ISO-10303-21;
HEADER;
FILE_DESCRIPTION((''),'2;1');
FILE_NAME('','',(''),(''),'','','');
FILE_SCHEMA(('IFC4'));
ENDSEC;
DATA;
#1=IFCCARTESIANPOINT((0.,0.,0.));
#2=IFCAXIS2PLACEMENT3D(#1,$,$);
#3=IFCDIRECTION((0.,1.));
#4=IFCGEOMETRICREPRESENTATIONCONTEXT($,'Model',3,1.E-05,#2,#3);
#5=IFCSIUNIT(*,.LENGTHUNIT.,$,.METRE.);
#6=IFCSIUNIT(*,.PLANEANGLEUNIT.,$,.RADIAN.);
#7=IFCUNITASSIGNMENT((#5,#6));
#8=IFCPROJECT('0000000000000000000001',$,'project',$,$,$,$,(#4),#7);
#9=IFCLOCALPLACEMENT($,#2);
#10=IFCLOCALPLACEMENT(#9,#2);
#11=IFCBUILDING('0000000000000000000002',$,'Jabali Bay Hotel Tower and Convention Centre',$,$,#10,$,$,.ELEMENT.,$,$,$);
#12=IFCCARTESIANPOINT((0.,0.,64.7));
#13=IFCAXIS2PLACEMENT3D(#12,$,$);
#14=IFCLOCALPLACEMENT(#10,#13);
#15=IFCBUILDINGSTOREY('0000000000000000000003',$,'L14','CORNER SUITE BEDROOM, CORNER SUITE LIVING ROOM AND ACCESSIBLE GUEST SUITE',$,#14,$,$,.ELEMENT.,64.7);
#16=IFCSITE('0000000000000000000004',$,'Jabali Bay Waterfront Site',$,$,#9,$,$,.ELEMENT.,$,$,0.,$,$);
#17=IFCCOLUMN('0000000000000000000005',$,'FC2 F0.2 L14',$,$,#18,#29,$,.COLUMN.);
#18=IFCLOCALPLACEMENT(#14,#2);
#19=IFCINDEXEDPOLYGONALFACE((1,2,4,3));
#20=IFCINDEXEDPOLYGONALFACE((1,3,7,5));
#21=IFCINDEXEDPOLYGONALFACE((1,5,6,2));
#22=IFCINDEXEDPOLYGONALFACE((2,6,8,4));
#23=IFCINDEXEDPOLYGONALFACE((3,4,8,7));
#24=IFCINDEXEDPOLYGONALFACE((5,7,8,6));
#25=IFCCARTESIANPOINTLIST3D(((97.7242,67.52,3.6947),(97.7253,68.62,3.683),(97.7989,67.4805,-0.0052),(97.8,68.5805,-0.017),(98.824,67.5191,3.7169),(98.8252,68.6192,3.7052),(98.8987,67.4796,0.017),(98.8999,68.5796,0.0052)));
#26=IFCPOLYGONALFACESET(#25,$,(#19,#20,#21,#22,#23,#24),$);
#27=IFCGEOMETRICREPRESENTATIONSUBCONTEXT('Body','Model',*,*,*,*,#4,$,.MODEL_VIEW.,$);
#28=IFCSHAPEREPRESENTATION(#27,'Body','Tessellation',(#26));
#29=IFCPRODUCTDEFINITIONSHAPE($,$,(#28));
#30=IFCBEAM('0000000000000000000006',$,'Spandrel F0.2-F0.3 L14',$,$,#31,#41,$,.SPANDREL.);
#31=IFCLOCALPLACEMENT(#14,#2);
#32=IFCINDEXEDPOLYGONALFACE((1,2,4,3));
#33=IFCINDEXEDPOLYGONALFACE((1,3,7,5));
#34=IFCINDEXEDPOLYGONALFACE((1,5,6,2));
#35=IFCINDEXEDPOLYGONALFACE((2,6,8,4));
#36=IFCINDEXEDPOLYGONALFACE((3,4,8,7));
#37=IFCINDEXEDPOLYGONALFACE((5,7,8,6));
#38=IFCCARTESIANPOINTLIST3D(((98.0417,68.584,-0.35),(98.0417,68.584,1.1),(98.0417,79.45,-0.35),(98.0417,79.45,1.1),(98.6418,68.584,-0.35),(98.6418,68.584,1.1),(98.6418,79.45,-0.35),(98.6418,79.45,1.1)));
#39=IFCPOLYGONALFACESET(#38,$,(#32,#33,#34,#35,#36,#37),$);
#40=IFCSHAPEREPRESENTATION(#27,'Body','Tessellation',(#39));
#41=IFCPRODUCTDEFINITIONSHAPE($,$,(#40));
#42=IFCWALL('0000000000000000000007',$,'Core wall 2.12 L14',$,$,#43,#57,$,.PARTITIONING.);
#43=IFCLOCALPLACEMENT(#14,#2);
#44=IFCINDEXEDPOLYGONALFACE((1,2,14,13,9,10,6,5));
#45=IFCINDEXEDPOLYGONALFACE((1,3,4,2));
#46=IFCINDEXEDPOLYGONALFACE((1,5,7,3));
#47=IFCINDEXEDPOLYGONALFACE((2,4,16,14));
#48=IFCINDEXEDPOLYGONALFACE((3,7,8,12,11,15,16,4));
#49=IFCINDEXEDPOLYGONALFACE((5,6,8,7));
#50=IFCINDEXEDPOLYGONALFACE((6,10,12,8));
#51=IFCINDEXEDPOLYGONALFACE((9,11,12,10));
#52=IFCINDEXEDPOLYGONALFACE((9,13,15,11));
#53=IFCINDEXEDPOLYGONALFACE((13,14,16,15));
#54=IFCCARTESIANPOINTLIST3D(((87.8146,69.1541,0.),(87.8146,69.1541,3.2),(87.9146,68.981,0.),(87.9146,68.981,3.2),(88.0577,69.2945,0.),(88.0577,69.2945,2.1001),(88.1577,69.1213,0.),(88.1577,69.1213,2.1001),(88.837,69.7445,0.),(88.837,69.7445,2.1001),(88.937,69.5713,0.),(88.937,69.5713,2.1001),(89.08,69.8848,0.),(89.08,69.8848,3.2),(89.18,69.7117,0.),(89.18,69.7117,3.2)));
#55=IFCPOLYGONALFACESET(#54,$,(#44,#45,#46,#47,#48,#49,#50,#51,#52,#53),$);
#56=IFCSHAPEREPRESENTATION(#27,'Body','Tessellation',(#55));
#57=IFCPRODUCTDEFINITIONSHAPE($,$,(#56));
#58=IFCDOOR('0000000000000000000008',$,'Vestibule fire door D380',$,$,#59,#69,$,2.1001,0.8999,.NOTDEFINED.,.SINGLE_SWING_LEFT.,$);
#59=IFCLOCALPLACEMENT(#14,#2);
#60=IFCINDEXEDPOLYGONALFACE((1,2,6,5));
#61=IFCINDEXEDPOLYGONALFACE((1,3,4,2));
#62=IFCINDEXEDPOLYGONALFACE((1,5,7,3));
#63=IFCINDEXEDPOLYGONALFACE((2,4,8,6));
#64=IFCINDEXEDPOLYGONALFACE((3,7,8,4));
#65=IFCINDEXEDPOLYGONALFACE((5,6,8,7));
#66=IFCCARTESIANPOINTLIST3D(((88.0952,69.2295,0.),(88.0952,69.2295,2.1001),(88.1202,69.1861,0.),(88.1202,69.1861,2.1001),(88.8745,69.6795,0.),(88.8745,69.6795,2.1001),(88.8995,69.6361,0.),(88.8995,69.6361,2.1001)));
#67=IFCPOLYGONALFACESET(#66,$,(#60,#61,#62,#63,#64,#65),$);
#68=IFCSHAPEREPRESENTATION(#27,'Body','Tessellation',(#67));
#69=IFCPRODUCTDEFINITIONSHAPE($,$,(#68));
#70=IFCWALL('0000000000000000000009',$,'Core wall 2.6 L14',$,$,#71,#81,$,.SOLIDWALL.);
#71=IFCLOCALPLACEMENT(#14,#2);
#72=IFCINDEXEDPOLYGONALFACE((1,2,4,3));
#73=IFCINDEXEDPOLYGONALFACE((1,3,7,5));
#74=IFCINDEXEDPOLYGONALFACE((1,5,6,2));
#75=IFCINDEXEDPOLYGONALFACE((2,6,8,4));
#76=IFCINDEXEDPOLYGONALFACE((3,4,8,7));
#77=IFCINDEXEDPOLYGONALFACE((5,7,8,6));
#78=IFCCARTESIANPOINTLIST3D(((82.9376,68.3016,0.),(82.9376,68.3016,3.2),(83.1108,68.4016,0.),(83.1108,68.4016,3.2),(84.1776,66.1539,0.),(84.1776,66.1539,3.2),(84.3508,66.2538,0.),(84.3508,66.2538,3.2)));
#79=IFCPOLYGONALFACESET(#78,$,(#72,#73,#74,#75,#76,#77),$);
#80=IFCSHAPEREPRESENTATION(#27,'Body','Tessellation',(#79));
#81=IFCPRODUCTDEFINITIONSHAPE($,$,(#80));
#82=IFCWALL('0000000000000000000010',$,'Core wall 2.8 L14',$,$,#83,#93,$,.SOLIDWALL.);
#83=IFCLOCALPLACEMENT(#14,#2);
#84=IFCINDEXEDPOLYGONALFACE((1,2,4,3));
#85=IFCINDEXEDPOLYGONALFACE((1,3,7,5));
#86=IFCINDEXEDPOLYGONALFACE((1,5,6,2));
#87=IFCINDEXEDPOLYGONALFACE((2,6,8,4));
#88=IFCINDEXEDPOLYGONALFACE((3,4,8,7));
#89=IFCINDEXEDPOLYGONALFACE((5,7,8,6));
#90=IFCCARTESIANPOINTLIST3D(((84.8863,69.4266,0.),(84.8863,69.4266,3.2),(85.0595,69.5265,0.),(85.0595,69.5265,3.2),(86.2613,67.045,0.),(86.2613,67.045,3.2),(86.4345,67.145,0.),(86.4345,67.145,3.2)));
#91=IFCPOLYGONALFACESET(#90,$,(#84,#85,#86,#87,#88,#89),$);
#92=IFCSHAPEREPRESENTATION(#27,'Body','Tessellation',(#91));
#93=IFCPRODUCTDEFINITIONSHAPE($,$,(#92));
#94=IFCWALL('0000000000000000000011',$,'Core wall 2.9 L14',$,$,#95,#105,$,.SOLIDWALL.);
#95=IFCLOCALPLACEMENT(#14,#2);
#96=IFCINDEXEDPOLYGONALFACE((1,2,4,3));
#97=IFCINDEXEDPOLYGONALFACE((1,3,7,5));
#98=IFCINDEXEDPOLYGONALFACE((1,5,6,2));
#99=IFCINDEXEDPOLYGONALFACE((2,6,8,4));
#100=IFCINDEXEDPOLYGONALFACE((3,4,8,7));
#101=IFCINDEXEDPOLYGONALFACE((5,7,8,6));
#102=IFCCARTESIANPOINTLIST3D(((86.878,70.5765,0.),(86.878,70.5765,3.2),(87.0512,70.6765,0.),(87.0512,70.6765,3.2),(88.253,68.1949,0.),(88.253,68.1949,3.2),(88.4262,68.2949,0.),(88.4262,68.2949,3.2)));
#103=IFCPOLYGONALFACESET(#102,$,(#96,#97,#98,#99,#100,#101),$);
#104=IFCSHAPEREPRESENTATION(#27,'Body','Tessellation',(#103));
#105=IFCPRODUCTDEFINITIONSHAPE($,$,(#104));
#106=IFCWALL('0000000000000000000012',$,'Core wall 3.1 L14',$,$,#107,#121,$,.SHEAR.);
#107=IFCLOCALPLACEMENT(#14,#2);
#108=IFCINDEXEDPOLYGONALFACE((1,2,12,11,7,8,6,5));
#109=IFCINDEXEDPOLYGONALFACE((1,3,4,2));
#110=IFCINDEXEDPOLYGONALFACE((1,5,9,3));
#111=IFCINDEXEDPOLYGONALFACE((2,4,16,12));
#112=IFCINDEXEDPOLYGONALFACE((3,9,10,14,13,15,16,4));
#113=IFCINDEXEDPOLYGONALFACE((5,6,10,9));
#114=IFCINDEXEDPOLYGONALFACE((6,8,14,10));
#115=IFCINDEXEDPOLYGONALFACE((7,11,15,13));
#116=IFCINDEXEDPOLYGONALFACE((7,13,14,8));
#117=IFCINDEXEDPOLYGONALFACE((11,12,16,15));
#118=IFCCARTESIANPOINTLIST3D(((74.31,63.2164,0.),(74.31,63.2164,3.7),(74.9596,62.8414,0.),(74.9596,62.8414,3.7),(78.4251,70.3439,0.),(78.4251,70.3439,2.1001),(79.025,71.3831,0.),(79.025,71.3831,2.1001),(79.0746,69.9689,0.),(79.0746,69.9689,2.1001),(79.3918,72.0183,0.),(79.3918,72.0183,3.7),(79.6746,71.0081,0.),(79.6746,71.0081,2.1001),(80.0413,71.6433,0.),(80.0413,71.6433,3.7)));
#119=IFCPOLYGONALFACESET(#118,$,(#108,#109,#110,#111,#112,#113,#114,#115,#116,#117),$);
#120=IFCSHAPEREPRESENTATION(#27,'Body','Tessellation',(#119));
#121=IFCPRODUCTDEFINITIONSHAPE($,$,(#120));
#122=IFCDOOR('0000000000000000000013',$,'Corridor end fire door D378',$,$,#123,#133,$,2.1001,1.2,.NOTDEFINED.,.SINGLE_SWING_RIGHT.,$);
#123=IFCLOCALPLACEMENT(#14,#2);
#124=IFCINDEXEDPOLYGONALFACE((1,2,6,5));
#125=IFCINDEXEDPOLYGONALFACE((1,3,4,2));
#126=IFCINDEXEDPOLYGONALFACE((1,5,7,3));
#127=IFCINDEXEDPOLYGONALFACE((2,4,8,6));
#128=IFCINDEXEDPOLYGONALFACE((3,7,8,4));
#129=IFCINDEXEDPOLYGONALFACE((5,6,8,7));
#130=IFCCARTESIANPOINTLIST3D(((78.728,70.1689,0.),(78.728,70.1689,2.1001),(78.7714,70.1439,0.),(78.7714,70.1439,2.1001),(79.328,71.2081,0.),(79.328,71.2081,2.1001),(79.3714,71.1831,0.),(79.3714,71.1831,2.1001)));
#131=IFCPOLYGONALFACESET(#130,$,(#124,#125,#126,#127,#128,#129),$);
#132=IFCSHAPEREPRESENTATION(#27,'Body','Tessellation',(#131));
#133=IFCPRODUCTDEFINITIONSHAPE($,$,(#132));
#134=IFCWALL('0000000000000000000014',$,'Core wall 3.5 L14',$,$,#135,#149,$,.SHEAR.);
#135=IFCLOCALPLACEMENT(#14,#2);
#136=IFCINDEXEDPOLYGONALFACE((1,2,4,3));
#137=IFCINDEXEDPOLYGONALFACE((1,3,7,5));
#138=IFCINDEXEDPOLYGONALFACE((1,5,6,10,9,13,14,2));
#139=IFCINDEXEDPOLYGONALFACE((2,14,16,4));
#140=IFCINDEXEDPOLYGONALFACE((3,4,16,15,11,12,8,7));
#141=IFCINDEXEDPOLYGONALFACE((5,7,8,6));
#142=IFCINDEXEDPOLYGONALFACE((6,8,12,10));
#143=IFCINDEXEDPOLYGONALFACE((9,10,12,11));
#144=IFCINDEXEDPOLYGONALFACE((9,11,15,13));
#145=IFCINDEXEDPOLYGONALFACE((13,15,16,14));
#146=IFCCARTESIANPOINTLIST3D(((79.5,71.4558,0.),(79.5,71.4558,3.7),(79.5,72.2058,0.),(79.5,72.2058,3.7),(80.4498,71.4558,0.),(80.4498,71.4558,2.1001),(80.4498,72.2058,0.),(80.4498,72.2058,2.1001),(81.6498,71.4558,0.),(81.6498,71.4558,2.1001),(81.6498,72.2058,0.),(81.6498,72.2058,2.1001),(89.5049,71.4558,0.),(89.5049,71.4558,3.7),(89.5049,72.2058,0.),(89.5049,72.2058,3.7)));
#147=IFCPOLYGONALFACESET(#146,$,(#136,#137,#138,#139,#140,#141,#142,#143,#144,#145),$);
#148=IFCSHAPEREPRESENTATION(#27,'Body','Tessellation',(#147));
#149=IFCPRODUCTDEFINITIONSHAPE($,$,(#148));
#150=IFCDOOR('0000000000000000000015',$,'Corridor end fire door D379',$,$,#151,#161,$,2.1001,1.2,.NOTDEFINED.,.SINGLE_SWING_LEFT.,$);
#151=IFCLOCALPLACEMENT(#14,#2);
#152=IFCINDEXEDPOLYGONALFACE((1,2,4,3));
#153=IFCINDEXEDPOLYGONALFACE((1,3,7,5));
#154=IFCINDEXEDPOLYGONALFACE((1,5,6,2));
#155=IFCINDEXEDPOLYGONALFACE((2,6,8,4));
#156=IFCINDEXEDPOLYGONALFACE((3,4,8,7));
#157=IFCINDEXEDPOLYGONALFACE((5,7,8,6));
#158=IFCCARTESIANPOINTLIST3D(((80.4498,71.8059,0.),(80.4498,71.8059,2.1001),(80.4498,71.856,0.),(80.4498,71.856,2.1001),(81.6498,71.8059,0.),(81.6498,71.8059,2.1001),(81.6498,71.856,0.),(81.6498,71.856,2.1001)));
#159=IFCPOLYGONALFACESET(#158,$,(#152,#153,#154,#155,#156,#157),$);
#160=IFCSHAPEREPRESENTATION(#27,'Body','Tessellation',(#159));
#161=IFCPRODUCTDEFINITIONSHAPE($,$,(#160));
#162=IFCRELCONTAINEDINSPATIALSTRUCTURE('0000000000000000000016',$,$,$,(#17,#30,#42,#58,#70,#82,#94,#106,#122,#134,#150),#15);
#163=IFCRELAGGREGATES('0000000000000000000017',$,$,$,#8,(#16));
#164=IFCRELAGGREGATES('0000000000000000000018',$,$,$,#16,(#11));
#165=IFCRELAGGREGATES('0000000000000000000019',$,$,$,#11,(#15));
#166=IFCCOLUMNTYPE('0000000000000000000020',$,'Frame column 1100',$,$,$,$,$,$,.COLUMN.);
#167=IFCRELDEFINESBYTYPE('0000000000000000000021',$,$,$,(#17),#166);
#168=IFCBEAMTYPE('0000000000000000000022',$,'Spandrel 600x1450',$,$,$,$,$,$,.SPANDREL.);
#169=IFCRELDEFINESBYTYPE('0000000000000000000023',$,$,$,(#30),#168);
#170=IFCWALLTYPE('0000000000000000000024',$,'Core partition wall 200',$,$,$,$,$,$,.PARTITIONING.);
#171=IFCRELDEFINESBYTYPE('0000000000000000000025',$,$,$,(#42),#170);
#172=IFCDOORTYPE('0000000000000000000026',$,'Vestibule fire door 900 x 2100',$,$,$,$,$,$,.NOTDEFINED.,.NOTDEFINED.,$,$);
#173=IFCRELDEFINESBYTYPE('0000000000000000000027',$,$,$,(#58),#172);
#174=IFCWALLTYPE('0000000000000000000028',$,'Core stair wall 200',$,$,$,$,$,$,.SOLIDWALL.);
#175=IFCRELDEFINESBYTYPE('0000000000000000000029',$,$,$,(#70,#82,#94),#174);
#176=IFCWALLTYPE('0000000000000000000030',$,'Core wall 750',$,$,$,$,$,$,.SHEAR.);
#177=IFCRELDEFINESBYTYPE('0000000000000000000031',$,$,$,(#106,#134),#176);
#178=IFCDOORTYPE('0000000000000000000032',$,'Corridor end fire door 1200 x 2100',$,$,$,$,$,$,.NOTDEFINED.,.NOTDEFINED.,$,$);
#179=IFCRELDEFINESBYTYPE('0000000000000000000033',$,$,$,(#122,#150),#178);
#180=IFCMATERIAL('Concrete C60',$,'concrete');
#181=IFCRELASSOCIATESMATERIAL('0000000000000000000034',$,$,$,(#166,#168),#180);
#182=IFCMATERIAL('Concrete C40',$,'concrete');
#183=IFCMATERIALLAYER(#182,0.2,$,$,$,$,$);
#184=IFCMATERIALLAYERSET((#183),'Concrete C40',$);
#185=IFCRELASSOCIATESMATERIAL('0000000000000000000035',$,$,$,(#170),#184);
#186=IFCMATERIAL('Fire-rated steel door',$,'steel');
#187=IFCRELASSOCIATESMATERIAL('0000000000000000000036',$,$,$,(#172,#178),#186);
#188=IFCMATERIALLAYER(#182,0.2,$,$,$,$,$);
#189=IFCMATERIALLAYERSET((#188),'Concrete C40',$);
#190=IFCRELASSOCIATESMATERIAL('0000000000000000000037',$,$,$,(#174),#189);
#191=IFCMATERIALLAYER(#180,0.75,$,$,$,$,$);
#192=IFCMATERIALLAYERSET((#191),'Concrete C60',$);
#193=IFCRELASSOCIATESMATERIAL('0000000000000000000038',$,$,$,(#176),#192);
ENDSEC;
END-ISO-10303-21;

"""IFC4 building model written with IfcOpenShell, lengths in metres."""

from ifc_helpers import new_model, si_unit, direction, frame, frame_2d, origin, origin_2d, place, context, subcontext, project, spatial, rectangle, extrude, material, layer, layer_set, material_profile, profile_set, type_object, element, fill, save


model = new_model("IFC4")

# Units and contexts
model_context = context("Model", 3, precision=1e-05, world=origin(), true_north=direction((0.0, 1.0)))
body_context = subcontext(model_context, "Body", "Model", "MODEL_VIEW")
ifc_project = project(units=[si_unit("LENGTHUNIT", "METRE"), si_unit("PLANEANGLEUNIT", "RADIAN")], contexts=[model_context])

# Site, building, storey
site_placement = place(None, origin())
site = spatial("IfcSite", under=ifc_project, at=site_placement, Name="Jabali Bay Waterfront Site", CompositionType="ELEMENT", RefElevation=0.0)
building_placement = place(site_placement, origin())
building = spatial("IfcBuilding", under=site, at=building_placement, Name="Jabali Bay Hotel Tower and Convention Centre", CompositionType="ELEMENT")
storey_placement = place(building_placement, frame((0.0, 0.0, 64.7)))
storey = spatial("IfcBuildingStorey", under=building, at=storey_placement, Name="L14", Description="CORNER SUITE BEDROOM, CORNER SUITE LIVING ROOM AND ACCESSIBLE GUEST SUITE", CompositionType="ELEMENT", Elevation=64.7)

# Column
ifc_material_1 = material(Name="Concrete C60", Category="concrete")
ifc_material_profile_1 = material_profile(ifc_material_1, rectangle(XDim=1.1001, YDim=1.1001, at=origin_2d()), Name="Frame column 1100")
ifc_profile_set_1 = profile_set([ifc_material_profile_1], Name="Concrete C60")
column_type = type_object("IfcColumnType", Name="Frame column 1100", PredefinedType="COLUMN", material=ifc_profile_set_1)
column_placement = place(storey_placement, frame((98.3494, 68.03, 0.0), z_axis=(-0.020186, 0.010687, 0.999739), x_axis=(-0.001013, -0.999943, 0.010668)))
element("IfcColumn", 1, at=column_placement, inside=storey, type_object=column_type, Name="FC2 F0.2 L14", PredefinedType="COLUMN", context=body_context, shape_type="SweptSolid", body=[
    extrude(rectangle(XDim=1.1001, YDim=1.1001, at=origin_2d()), origin(), (0.0, 0.0, 1.0), 3.7009),
])

# Beam
ifc_material_profile_2 = material_profile(ifc_material_1, rectangle(XDim=0.6001, YDim=1.45, at=origin_2d()), Name="Spandrel 600x1450")
ifc_profile_set_2 = profile_set([ifc_material_profile_2], Name="Concrete C60")
beam_type = type_object("IfcBeamType", Name="Spandrel 600x1450", PredefinedType="SPANDREL", material=ifc_profile_set_2)
beam_placement = place(storey_placement, frame((98.3418, 68.584, 0.375), z_axis=(0.0, 1.0, 0.0), x_axis=(-1.0, 0.0, 0.0)))
element("IfcBeam", 2, at=beam_placement, inside=storey, type_object=beam_type, Name="Spandrel F0.2-F0.3 L14", PredefinedType="SPANDREL", context=body_context, shape_type="SweptSolid", body=[
    extrude(rectangle(XDim=0.6001, YDim=1.45, at=origin_2d()), origin(), (0.0, 0.0, 1.0), 10.866),
])

# Wall, opening, door
ifc_material_2 = material(Name="Concrete C40", Category="concrete")
ifc_layer_1 = layer(ifc_material_2, 0.2)
ifc_layer_set_1 = layer_set([ifc_layer_1], Name="Concrete C40")
wall_type_1 = type_object("IfcWallType", Name="Core partition wall 200", PredefinedType="PARTITIONING", material=ifc_layer_set_1)
wall_1_placement = place(storey_placement, frame((87.8647, 69.0676, 0.0), z_axis=(0.0, 0.0, 1.0), x_axis=(0.865982, 0.500074, 0.0)))
wall_1 = element("IfcWall", 3, at=wall_1_placement, inside=storey, type_object=wall_type_1, Name="Core wall 2.12 L14", PredefinedType="PARTITIONING", context=body_context, shape_type="SweptSolid", body=[
    extrude(rectangle(XDim=1.4612, YDim=0.2, at=frame_2d((0.7305, 0.0))), origin(), (0.0, 0.0, 1.0), 3.2),
])
opening_1_placement = place(wall_1_placement, frame((0.2805, 0.0, 0.0)))
opening_1 = element("IfcOpeningElement", 4, at=opening_1_placement, cuts=wall_1, PredefinedType="OPENING", context=body_context, shape_type="SweptSolid", body=[
    extrude(rectangle(XDim=0.8999, YDim=2.1001, at=frame_2d((0.45, 1.05))), frame((0.0, 0.1104, 0.0), z_axis=(0.0, -1.0, 0.0), x_axis=(1.0, 0.0, 0.0)), (0.0, 0.0, 1.0), 0.2209),
])
ifc_material_3 = material(Name="Fire-rated steel door", Category="steel")
door_type_1 = type_object("IfcDoorType", Name="Vestibule fire door 900 x 2100", OperationType="NOTDEFINED", PredefinedType="NOTDEFINED", material=ifc_material_3)
door_1_placement = place(opening_1_placement, origin())
door_1 = element("IfcDoor", 5, at=door_1_placement, inside=storey, type_object=door_type_1, Name="Vestibule fire door D380", OperationType="SINGLE_SWING_LEFT", OverallHeight=2.1001, OverallWidth=0.8999, PredefinedType="NOTDEFINED", context=body_context, shape_type="SweptSolid", body=[
    extrude(rectangle(XDim=0.8999, YDim=2.1001, at=frame_2d((0.45, 1.05))), frame((0.0, 0.0249, 0.0), z_axis=(0.0, -1.0, 0.0), x_axis=(1.0, 0.0, 0.0)), (0.0, 0.0, 1.0), 0.05),
])
fill(opening_1, door_1)

# Walls
ifc_layer_2 = layer(ifc_material_2, 0.2)
ifc_layer_set_2 = layer_set([ifc_layer_2], Name="Concrete C40")
wall_type_2 = type_object("IfcWallType", Name="Core stair wall 200", PredefinedType="SOLIDWALL", material=ifc_layer_set_2)
wall_2_placement = place(storey_placement, frame((83.0242, 68.3516, 0.0), z_axis=(0.0, 0.0, 1.0), x_axis=(0.500004, -0.866023, 0.0)))
element("IfcWall", 6, at=wall_2_placement, inside=storey, type_object=wall_type_2, Name="Core wall 2.6 L14", PredefinedType="SOLIDWALL", context=body_context, shape_type="SweptSolid", body=[
    extrude(rectangle(XDim=2.48, YDim=0.2, at=frame_2d((1.24, 0.0))), origin(), (0.0, 0.0, 1.0), 3.2),
])
for number, where, z_axis, x_axis, name in (
    (7, (84.9729, 69.4766, 0.0), (0.0, 0.0, 1.0), (0.499997, -0.866027, 0.0), "Core wall 2.8 L14"),
    (8, (86.9646, 70.6265, 0.0), (0.0, 0.0, 1.0), (0.499997, -0.866027, 0.0), "Core wall 2.9 L14"),
):
    element("IfcWall", number, at=place(storey_placement, frame(where, z_axis=z_axis, x_axis=x_axis)), inside=storey, type_object=wall_type_2, Name=name, PredefinedType="SOLIDWALL", context=body_context, shape_type="SweptSolid", body=[
        extrude(rectangle(XDim=2.75, YDim=0.2, at=frame_2d((1.375, 0.0))), origin(), (0.0, 0.0, 1.0), 3.2),
    ])

# Walls, openings, doors
ifc_layer_3 = layer(ifc_material_1, 0.75)
ifc_layer_set_3 = layer_set([ifc_layer_3], Name="Concrete C60")
wall_type_3 = type_object("IfcWallType", Name="Core wall 750", PredefinedType="SHEAR", material=ifc_layer_set_3)
wall_3_placement = place(storey_placement, frame((79.7166, 71.8308, 0.0), z_axis=(0.0, 0.0, 1.0), x_axis=(-0.499996, -0.866028, 0.0)))
wall_3 = element("IfcWall", 9, at=wall_3_placement, inside=storey, type_object=wall_type_3, Name="Core wall 3.1 L14", PredefinedType="SHEAR", context=body_context, shape_type="SweptSolid", body=[
    extrude(rectangle(XDim=10.1636, YDim=0.75, at=frame_2d((5.0818, 0.0))), origin(), (0.0, 0.0, 1.0), 3.7),
])
opening_2_placement = place(wall_3_placement, frame((0.7334, 0.0, 0.0)))
opening_2 = element("IfcOpeningElement", 10, at=opening_2_placement, cuts=wall_3, PredefinedType="OPENING", context=body_context, shape_type="SweptSolid", body=[
    extrude(rectangle(XDim=1.2, YDim=2.1001, at=frame_2d((0.6001, 1.05))), frame((0.0, 0.3855, 0.0), z_axis=(0.0, -1.0, 0.0), x_axis=(1.0, 0.0, 0.0)), (0.0, 0.0, 1.0), 0.771),
])
door_type_2 = type_object("IfcDoorType", Name="Corridor end fire door 1200 x 2100", OperationType="NOTDEFINED", PredefinedType="NOTDEFINED", material=ifc_material_3)
door_2_placement = place(opening_2_placement, origin())
door_2 = element("IfcDoor", 11, at=door_2_placement, inside=storey, type_object=door_type_2, Name="Corridor end fire door D378", OperationType="SINGLE_SWING_RIGHT", OverallHeight=2.1001, OverallWidth=1.2, PredefinedType="NOTDEFINED", context=body_context, shape_type="SweptSolid", body=[
    extrude(rectangle(XDim=1.2, YDim=2.1001, at=frame_2d((0.6001, 1.05))), frame((0.0, 0.0249, 0.0), z_axis=(0.0, -1.0, 0.0), x_axis=(1.0, 0.0, 0.0)), (0.0, 0.0, 1.0), 0.05),
])
fill(opening_2, door_2)
wall_4_placement = place(storey_placement, frame((89.5049, 71.8308, 0.0), z_axis=(0.0, 0.0, 1.0), x_axis=(-1.0, 0.0, 0.0)))
wall_4 = element("IfcWall", 12, at=wall_4_placement, inside=storey, type_object=wall_type_3, Name="Core wall 3.5 L14", PredefinedType="SHEAR", context=body_context, shape_type="SweptSolid", body=[
    extrude(rectangle(XDim=10.0049, YDim=0.75, at=frame_2d((5.0024, 0.0))), origin(), (0.0, 0.0, 1.0), 3.7),
])
opening_3_placement = place(wall_4_placement, frame((7.855, 0.0, 0.0)))
opening_3 = element("IfcOpeningElement", 13, at=opening_3_placement, cuts=wall_4, PredefinedType="OPENING", context=body_context, shape_type="SweptSolid", body=[
    extrude(rectangle(XDim=1.2, YDim=2.1001, at=frame_2d((0.6001, 1.05))), frame((0.0, 0.3855, 0.0), z_axis=(0.0, -1.0, 0.0), x_axis=(1.0, 0.0, 0.0)), (0.0, 0.0, 1.0), 0.771),
])
door_3_placement = place(opening_3_placement, origin())
door_3 = element("IfcDoor", 14, at=door_3_placement, inside=storey, type_object=door_type_2, Name="Corridor end fire door D379", OperationType="SINGLE_SWING_LEFT", OverallHeight=2.1001, OverallWidth=1.2, PredefinedType="NOTDEFINED", context=body_context, shape_type="SweptSolid", body=[
    extrude(rectangle(XDim=1.2, YDim=2.1001, at=frame_2d((0.6001, 1.05))), frame((0.0, 0.0249, 0.0), z_axis=(0.0, -1.0, 0.0), x_axis=(1.0, 0.0, 0.0)), (0.0, 0.0, 1.0), 0.05),
])
fill(opening_3, door_3)

save(model, "model.ifc")
